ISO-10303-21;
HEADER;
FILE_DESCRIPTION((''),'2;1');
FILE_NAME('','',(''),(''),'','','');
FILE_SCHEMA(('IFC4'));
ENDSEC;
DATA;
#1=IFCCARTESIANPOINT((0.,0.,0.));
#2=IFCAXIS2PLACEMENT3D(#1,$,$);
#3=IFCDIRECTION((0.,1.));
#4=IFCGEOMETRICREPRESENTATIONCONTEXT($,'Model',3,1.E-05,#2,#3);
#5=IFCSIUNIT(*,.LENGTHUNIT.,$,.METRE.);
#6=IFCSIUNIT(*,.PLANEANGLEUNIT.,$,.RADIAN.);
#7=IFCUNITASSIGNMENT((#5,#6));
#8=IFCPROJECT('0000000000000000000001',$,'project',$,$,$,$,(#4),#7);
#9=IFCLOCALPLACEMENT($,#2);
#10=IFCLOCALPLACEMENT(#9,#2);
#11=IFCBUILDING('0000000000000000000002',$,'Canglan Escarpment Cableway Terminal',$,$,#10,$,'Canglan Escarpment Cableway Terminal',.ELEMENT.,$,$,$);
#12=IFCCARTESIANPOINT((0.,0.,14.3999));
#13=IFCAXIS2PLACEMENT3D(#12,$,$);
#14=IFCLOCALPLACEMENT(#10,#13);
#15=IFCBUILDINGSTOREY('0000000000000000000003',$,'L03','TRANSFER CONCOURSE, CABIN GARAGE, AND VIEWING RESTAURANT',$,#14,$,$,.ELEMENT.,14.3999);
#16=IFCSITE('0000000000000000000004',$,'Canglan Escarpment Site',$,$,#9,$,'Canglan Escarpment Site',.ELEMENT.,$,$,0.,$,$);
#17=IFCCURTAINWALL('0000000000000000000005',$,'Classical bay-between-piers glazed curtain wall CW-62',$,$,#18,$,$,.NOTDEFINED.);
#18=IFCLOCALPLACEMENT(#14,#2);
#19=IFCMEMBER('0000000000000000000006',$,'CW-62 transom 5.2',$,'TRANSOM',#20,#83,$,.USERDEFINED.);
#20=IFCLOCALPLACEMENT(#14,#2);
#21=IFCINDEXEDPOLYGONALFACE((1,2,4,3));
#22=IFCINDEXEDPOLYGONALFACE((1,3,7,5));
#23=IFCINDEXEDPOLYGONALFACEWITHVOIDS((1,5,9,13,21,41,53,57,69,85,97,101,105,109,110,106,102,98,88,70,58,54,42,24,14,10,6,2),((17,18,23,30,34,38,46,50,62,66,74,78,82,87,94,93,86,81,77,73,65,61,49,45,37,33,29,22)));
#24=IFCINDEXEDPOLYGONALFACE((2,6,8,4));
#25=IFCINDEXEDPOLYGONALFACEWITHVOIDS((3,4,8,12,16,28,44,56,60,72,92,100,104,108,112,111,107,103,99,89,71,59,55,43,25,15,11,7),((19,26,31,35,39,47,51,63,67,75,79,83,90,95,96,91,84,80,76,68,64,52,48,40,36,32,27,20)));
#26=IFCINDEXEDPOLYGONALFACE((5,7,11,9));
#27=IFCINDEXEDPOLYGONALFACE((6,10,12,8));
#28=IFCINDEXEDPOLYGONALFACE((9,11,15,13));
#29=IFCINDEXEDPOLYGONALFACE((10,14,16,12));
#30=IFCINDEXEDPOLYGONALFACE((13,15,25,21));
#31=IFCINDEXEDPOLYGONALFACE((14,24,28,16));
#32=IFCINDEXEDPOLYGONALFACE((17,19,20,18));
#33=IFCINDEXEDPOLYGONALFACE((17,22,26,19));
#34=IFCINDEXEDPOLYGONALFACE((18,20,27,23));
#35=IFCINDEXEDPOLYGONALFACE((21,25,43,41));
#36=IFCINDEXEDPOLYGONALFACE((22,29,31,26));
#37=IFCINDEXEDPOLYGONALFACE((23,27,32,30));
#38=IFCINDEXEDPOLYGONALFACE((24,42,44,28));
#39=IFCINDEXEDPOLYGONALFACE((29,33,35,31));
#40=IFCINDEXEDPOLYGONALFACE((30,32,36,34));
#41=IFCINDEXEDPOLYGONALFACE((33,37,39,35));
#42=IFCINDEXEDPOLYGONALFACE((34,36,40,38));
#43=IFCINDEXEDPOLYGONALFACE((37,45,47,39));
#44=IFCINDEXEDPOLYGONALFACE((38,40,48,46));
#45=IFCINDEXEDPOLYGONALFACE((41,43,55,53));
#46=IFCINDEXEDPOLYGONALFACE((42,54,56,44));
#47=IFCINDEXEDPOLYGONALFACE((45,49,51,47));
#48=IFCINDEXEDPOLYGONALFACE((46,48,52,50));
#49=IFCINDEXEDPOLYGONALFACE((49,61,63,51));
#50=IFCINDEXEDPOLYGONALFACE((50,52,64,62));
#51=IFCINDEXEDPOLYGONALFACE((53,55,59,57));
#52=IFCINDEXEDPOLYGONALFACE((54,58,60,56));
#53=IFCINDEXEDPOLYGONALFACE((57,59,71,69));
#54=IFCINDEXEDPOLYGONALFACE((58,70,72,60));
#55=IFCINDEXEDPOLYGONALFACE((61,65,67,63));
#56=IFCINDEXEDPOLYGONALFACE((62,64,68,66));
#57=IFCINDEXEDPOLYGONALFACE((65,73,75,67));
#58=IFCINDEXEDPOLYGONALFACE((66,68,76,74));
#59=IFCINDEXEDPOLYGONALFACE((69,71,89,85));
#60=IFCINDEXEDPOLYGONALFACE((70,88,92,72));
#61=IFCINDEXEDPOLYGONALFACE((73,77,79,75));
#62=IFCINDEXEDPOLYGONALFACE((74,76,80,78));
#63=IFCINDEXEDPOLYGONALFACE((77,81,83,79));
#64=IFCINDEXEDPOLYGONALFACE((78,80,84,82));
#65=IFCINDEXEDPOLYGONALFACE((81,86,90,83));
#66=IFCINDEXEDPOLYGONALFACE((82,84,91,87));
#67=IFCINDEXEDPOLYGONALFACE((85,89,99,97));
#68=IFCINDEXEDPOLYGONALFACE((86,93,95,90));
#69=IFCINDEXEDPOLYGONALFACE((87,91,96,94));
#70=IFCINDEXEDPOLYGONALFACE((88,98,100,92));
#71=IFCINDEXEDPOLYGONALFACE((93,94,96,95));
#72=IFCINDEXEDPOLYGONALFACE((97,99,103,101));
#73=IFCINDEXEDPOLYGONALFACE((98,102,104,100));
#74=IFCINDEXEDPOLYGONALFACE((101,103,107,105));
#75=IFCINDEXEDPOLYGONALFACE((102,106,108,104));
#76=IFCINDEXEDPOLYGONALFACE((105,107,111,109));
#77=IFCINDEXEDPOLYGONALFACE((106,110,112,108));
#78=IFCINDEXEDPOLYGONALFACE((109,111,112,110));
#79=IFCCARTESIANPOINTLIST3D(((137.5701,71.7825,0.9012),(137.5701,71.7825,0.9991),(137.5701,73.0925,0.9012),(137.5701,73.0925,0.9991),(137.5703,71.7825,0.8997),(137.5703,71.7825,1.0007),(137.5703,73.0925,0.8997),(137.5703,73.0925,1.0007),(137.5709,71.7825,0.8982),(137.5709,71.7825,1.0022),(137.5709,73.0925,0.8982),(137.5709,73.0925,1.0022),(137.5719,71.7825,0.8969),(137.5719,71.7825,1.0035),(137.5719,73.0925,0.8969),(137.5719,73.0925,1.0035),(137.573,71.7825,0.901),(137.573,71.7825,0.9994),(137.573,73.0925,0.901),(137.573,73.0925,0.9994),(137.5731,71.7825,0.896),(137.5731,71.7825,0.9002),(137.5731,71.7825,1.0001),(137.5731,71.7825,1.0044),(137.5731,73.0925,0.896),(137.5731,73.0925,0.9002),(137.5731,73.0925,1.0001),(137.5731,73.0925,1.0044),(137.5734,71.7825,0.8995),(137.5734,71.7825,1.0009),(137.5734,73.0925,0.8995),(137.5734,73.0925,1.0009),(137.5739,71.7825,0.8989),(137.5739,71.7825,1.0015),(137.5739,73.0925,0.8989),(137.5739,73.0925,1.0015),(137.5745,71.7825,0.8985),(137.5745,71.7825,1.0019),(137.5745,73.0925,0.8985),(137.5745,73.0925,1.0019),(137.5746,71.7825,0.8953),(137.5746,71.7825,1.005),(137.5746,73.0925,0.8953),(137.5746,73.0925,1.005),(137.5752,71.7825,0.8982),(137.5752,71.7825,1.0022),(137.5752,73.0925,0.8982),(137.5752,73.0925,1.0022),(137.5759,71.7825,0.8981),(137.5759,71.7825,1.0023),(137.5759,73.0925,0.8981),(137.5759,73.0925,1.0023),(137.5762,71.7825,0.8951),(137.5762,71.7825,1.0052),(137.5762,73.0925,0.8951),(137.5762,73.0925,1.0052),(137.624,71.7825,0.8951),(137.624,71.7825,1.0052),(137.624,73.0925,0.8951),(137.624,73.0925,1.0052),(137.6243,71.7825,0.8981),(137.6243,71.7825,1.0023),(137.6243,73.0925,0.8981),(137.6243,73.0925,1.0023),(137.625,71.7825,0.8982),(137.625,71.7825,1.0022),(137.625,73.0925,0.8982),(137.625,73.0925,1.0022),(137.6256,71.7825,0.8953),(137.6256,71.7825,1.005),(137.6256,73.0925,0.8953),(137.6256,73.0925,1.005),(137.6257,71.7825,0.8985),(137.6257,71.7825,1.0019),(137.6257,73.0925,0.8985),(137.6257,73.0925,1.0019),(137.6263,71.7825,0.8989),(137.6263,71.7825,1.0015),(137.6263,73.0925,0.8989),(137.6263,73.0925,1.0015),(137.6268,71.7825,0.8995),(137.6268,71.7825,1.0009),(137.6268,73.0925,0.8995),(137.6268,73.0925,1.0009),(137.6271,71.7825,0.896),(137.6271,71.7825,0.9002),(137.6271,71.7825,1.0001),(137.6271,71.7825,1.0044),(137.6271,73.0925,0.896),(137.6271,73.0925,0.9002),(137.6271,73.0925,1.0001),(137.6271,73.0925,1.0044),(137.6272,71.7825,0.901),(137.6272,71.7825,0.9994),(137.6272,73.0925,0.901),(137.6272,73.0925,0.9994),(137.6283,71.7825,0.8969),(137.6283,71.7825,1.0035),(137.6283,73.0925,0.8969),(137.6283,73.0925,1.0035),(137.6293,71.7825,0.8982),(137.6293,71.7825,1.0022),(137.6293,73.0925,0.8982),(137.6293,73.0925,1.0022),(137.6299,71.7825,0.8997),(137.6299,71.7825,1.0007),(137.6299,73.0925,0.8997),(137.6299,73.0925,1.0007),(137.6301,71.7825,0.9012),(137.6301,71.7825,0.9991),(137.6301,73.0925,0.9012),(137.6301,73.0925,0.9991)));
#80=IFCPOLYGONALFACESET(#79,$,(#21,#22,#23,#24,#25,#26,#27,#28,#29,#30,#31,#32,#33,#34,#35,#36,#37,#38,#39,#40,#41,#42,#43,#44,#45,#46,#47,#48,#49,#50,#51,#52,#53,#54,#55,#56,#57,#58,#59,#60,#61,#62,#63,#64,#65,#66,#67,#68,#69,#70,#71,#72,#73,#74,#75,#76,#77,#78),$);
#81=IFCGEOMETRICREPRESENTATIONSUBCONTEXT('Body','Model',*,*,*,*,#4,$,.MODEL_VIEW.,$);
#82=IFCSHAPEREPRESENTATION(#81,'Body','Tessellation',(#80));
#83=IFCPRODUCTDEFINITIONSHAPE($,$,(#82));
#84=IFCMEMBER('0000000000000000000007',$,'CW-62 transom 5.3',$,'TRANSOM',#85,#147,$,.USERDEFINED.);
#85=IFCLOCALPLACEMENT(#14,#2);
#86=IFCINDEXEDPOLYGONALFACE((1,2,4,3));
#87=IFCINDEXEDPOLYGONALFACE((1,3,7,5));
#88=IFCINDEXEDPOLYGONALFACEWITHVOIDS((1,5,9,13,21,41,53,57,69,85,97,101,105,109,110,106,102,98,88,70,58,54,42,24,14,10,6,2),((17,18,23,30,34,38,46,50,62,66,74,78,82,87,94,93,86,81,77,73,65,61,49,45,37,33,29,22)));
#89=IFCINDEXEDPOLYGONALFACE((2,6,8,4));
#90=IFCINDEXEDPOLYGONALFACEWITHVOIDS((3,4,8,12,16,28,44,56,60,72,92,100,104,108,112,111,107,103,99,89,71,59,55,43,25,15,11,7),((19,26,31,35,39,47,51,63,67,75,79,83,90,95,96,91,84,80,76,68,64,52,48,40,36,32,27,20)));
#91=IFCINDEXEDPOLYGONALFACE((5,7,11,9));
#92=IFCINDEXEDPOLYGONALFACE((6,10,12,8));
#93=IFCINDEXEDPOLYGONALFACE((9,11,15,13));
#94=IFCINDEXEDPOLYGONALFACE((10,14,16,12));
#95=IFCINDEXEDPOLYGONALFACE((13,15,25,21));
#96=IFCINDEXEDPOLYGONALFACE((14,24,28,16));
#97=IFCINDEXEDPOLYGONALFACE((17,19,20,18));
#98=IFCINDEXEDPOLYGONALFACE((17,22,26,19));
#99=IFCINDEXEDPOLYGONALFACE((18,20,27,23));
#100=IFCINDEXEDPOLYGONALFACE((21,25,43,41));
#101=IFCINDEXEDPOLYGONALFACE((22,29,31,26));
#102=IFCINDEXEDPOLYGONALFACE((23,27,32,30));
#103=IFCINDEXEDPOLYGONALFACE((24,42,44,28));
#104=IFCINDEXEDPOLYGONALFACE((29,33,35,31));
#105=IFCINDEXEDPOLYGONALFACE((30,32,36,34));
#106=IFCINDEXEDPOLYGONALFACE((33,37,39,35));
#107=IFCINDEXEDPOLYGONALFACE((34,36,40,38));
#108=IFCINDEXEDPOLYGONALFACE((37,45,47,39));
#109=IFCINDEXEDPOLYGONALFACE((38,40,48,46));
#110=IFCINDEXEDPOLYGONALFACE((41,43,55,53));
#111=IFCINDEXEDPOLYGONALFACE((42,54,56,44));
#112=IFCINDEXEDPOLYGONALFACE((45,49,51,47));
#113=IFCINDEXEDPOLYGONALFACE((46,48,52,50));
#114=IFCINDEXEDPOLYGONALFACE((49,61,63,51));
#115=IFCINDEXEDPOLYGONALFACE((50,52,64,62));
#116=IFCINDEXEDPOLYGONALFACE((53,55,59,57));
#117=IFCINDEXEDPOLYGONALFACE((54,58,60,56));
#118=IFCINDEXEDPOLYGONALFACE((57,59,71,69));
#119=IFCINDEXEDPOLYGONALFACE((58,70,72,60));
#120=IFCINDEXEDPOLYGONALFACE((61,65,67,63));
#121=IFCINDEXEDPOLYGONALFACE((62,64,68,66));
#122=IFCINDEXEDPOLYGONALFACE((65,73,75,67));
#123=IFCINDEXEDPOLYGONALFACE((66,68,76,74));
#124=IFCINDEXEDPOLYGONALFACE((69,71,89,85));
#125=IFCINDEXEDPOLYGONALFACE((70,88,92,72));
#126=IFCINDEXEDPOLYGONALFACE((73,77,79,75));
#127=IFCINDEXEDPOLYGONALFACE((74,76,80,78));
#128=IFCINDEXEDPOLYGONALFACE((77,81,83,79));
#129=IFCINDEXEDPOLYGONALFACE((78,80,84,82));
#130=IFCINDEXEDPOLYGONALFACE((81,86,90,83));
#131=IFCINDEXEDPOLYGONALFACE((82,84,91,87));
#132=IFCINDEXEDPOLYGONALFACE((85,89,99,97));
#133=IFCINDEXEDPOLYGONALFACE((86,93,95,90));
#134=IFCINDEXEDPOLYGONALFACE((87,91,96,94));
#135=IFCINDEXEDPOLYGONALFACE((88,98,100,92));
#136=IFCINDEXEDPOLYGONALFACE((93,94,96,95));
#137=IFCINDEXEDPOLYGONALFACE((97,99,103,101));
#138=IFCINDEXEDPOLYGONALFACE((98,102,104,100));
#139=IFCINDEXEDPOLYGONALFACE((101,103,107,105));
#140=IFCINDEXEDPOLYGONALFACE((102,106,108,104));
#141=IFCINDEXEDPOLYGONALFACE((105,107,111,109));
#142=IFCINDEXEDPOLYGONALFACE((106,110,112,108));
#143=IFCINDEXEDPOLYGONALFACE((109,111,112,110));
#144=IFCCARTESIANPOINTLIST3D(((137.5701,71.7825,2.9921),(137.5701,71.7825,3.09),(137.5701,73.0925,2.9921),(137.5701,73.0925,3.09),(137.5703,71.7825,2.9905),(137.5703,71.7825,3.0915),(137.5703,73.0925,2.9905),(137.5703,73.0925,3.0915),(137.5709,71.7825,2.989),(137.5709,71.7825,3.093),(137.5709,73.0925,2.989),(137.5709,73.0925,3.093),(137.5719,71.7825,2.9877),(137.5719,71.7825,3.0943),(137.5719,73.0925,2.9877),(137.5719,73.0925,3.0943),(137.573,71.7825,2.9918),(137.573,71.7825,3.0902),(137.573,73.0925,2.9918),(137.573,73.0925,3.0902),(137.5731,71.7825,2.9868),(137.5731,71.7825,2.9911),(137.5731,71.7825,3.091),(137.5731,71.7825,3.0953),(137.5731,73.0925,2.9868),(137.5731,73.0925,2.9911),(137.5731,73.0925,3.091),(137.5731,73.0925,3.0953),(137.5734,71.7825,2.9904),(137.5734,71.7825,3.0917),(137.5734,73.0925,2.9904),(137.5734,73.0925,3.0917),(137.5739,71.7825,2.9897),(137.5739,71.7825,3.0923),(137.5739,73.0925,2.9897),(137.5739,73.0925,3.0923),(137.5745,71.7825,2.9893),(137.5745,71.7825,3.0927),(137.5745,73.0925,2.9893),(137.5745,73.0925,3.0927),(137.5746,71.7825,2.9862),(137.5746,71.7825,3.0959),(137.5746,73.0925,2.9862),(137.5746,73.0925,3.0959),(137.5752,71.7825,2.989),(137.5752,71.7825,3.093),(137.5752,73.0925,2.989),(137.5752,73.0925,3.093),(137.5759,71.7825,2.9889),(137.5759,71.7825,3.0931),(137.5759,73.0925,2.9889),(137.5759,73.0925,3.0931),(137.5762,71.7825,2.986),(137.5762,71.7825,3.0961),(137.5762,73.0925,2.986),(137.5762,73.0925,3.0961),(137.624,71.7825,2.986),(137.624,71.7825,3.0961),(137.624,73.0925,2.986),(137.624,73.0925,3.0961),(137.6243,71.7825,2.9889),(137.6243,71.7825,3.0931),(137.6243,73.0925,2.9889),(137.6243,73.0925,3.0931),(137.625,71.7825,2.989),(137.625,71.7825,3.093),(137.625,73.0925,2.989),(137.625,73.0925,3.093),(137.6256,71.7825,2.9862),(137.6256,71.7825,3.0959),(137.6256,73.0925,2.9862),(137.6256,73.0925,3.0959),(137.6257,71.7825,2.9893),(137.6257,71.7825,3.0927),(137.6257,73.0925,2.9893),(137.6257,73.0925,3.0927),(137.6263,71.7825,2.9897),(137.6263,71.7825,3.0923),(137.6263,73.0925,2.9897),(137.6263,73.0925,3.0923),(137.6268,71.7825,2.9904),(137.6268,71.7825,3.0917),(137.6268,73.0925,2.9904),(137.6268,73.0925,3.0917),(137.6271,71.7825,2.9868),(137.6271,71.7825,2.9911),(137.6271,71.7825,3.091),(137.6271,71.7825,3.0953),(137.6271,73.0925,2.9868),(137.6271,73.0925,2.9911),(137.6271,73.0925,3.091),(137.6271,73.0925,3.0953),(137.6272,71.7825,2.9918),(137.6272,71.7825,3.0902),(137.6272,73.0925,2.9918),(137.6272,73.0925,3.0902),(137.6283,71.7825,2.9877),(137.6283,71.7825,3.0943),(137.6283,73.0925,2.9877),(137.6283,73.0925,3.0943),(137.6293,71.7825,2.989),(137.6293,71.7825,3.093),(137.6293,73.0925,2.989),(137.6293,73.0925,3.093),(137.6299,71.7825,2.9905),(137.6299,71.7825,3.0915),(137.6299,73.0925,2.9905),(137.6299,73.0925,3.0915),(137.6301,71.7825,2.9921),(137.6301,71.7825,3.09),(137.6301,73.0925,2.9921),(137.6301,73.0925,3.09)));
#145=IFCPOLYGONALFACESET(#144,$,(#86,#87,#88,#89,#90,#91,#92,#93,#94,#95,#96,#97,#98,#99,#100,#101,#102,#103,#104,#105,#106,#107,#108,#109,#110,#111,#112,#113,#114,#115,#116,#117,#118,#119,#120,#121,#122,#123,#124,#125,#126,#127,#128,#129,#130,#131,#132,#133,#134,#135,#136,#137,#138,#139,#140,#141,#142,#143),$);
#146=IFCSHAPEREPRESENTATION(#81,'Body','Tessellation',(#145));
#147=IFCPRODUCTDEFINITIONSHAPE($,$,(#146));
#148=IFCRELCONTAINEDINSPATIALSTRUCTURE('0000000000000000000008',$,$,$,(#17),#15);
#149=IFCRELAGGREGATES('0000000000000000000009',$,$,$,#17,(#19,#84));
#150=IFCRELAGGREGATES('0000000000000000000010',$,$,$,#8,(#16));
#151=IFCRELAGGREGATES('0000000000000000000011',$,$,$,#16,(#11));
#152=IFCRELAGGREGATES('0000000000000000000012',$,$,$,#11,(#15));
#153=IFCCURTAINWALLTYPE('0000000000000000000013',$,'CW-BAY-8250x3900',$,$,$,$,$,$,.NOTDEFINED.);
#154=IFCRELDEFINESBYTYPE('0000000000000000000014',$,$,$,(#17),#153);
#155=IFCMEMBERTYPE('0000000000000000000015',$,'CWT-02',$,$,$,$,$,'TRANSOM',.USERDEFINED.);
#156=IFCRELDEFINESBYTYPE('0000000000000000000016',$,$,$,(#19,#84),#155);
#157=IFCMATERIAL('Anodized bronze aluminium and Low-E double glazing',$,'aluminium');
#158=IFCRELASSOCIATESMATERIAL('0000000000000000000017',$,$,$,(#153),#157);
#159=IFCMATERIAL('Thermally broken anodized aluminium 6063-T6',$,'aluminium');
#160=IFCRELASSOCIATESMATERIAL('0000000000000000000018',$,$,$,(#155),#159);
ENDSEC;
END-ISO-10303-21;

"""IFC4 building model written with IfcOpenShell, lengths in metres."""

from ifc_helpers import new_model, si_unit, direction, frame, origin, origin_2d, place, context, subcontext, project, spatial, hollow_rectangle, extrude, material, material_profile, profile_set, type_object, element, aggregate, save


model = new_model("IFC4")

# Units and contexts
model_context = context("Model", 3, precision=1e-05, world=origin(), true_north=direction((0.0, 1.0)))
body_context = subcontext(model_context, "Body", "Model", "MODEL_VIEW")
ifc_project = project(units=[si_unit("LENGTHUNIT", "METRE"), si_unit("PLANEANGLEUNIT", "RADIAN")], contexts=[model_context])

# Site, building, storey
site_placement = place(None, origin())
site = spatial("IfcSite", under=ifc_project, at=site_placement, Name="Canglan Escarpment Site", LongName="Canglan Escarpment Site", CompositionType="ELEMENT", RefElevation=0.0)
building_placement = place(site_placement, origin())
building = spatial("IfcBuilding", under=site, at=building_placement, Name="Canglan Escarpment Cableway Terminal", LongName="Canglan Escarpment Cableway Terminal", CompositionType="ELEMENT")
storey_placement = place(building_placement, frame((0.0, 0.0, 14.3999)))
storey = spatial("IfcBuildingStorey", under=building, at=storey_placement, Name="L03", Description="TRANSFER CONCOURSE, CABIN GARAGE, AND VIEWING RESTAURANT", CompositionType="ELEMENT", Elevation=14.3999)

# Curtain wall, members
ifc_material_1 = material(Name="Anodized bronze aluminium and Low-E double glazing", Category="aluminium")
curtain_wall_type = type_object("IfcCurtainWallType", Name="CW-BAY-8250x3900", PredefinedType="NOTDEFINED", material=ifc_material_1)
curtain_wall_placement = place(storey_placement, origin())
curtain_wall = element("IfcCurtainWall", 1, at=curtain_wall_placement, inside=storey, type_object=curtain_wall_type, Name="Classical bay-between-piers glazed curtain wall CW-62", PredefinedType="NOTDEFINED")
ifc_material_2 = material(Name="Thermally broken anodized aluminium 6063-T6", Category="aluminium")
ifc_material_profile_1 = material_profile(ifc_material_2, hollow_rectangle(XDim=0.0601, YDim=0.1101, WallThickness=0.0029, InnerFilletRadius=0.0029, OuterFilletRadius=0.0061, at=origin_2d()), Name="ALU-TRAN 60x110x3")
ifc_profile_set_1 = profile_set([ifc_material_profile_1], Name="Thermally broken anodized aluminium 6063-T6")
member_type_1 = type_object("IfcMemberType", Name="CWT-02", ElementType="TRANSOM", PredefinedType="USERDEFINED", material=ifc_profile_set_1)
member_1_placement = place(storey_placement, frame((137.6001, 73.0925, 0.9502), z_axis=(0.0, -1.0, 0.0), x_axis=(1.0, 0.0, 0.0)))
member_1 = element("IfcMember", 2, at=member_1_placement, type_object=member_type_1, Name="CW-62 transom 5.2", ObjectType="TRANSOM", PredefinedType="USERDEFINED", context=body_context, shape_type="SweptSolid", body=[
    extrude(hollow_rectangle(XDim=0.0601, YDim=0.1101, WallThickness=0.0029, InnerFilletRadius=0.0029, OuterFilletRadius=0.0061, at=origin_2d()), origin(), (0.0, 0.0, 1.0), 1.3101),
])
member_2_placement = place(storey_placement, frame((137.6001, 73.0925, 3.041), z_axis=(0.0, -1.0, 0.0), x_axis=(1.0, 0.0, 0.0)))
member_2 = element("IfcMember", 3, at=member_2_placement, type_object=member_type_1, Name="CW-62 transom 5.3", ObjectType="TRANSOM", PredefinedType="USERDEFINED", context=body_context, shape_type="SweptSolid", body=[
    extrude(hollow_rectangle(XDim=0.0601, YDim=0.1101, WallThickness=0.0029, InnerFilletRadius=0.0029, OuterFilletRadius=0.0061, at=origin_2d()), origin(), (0.0, 0.0, 1.0), 1.3101),
])
aggregate(curtain_wall, [member_1, member_2])

save(model, "model.ifc")
